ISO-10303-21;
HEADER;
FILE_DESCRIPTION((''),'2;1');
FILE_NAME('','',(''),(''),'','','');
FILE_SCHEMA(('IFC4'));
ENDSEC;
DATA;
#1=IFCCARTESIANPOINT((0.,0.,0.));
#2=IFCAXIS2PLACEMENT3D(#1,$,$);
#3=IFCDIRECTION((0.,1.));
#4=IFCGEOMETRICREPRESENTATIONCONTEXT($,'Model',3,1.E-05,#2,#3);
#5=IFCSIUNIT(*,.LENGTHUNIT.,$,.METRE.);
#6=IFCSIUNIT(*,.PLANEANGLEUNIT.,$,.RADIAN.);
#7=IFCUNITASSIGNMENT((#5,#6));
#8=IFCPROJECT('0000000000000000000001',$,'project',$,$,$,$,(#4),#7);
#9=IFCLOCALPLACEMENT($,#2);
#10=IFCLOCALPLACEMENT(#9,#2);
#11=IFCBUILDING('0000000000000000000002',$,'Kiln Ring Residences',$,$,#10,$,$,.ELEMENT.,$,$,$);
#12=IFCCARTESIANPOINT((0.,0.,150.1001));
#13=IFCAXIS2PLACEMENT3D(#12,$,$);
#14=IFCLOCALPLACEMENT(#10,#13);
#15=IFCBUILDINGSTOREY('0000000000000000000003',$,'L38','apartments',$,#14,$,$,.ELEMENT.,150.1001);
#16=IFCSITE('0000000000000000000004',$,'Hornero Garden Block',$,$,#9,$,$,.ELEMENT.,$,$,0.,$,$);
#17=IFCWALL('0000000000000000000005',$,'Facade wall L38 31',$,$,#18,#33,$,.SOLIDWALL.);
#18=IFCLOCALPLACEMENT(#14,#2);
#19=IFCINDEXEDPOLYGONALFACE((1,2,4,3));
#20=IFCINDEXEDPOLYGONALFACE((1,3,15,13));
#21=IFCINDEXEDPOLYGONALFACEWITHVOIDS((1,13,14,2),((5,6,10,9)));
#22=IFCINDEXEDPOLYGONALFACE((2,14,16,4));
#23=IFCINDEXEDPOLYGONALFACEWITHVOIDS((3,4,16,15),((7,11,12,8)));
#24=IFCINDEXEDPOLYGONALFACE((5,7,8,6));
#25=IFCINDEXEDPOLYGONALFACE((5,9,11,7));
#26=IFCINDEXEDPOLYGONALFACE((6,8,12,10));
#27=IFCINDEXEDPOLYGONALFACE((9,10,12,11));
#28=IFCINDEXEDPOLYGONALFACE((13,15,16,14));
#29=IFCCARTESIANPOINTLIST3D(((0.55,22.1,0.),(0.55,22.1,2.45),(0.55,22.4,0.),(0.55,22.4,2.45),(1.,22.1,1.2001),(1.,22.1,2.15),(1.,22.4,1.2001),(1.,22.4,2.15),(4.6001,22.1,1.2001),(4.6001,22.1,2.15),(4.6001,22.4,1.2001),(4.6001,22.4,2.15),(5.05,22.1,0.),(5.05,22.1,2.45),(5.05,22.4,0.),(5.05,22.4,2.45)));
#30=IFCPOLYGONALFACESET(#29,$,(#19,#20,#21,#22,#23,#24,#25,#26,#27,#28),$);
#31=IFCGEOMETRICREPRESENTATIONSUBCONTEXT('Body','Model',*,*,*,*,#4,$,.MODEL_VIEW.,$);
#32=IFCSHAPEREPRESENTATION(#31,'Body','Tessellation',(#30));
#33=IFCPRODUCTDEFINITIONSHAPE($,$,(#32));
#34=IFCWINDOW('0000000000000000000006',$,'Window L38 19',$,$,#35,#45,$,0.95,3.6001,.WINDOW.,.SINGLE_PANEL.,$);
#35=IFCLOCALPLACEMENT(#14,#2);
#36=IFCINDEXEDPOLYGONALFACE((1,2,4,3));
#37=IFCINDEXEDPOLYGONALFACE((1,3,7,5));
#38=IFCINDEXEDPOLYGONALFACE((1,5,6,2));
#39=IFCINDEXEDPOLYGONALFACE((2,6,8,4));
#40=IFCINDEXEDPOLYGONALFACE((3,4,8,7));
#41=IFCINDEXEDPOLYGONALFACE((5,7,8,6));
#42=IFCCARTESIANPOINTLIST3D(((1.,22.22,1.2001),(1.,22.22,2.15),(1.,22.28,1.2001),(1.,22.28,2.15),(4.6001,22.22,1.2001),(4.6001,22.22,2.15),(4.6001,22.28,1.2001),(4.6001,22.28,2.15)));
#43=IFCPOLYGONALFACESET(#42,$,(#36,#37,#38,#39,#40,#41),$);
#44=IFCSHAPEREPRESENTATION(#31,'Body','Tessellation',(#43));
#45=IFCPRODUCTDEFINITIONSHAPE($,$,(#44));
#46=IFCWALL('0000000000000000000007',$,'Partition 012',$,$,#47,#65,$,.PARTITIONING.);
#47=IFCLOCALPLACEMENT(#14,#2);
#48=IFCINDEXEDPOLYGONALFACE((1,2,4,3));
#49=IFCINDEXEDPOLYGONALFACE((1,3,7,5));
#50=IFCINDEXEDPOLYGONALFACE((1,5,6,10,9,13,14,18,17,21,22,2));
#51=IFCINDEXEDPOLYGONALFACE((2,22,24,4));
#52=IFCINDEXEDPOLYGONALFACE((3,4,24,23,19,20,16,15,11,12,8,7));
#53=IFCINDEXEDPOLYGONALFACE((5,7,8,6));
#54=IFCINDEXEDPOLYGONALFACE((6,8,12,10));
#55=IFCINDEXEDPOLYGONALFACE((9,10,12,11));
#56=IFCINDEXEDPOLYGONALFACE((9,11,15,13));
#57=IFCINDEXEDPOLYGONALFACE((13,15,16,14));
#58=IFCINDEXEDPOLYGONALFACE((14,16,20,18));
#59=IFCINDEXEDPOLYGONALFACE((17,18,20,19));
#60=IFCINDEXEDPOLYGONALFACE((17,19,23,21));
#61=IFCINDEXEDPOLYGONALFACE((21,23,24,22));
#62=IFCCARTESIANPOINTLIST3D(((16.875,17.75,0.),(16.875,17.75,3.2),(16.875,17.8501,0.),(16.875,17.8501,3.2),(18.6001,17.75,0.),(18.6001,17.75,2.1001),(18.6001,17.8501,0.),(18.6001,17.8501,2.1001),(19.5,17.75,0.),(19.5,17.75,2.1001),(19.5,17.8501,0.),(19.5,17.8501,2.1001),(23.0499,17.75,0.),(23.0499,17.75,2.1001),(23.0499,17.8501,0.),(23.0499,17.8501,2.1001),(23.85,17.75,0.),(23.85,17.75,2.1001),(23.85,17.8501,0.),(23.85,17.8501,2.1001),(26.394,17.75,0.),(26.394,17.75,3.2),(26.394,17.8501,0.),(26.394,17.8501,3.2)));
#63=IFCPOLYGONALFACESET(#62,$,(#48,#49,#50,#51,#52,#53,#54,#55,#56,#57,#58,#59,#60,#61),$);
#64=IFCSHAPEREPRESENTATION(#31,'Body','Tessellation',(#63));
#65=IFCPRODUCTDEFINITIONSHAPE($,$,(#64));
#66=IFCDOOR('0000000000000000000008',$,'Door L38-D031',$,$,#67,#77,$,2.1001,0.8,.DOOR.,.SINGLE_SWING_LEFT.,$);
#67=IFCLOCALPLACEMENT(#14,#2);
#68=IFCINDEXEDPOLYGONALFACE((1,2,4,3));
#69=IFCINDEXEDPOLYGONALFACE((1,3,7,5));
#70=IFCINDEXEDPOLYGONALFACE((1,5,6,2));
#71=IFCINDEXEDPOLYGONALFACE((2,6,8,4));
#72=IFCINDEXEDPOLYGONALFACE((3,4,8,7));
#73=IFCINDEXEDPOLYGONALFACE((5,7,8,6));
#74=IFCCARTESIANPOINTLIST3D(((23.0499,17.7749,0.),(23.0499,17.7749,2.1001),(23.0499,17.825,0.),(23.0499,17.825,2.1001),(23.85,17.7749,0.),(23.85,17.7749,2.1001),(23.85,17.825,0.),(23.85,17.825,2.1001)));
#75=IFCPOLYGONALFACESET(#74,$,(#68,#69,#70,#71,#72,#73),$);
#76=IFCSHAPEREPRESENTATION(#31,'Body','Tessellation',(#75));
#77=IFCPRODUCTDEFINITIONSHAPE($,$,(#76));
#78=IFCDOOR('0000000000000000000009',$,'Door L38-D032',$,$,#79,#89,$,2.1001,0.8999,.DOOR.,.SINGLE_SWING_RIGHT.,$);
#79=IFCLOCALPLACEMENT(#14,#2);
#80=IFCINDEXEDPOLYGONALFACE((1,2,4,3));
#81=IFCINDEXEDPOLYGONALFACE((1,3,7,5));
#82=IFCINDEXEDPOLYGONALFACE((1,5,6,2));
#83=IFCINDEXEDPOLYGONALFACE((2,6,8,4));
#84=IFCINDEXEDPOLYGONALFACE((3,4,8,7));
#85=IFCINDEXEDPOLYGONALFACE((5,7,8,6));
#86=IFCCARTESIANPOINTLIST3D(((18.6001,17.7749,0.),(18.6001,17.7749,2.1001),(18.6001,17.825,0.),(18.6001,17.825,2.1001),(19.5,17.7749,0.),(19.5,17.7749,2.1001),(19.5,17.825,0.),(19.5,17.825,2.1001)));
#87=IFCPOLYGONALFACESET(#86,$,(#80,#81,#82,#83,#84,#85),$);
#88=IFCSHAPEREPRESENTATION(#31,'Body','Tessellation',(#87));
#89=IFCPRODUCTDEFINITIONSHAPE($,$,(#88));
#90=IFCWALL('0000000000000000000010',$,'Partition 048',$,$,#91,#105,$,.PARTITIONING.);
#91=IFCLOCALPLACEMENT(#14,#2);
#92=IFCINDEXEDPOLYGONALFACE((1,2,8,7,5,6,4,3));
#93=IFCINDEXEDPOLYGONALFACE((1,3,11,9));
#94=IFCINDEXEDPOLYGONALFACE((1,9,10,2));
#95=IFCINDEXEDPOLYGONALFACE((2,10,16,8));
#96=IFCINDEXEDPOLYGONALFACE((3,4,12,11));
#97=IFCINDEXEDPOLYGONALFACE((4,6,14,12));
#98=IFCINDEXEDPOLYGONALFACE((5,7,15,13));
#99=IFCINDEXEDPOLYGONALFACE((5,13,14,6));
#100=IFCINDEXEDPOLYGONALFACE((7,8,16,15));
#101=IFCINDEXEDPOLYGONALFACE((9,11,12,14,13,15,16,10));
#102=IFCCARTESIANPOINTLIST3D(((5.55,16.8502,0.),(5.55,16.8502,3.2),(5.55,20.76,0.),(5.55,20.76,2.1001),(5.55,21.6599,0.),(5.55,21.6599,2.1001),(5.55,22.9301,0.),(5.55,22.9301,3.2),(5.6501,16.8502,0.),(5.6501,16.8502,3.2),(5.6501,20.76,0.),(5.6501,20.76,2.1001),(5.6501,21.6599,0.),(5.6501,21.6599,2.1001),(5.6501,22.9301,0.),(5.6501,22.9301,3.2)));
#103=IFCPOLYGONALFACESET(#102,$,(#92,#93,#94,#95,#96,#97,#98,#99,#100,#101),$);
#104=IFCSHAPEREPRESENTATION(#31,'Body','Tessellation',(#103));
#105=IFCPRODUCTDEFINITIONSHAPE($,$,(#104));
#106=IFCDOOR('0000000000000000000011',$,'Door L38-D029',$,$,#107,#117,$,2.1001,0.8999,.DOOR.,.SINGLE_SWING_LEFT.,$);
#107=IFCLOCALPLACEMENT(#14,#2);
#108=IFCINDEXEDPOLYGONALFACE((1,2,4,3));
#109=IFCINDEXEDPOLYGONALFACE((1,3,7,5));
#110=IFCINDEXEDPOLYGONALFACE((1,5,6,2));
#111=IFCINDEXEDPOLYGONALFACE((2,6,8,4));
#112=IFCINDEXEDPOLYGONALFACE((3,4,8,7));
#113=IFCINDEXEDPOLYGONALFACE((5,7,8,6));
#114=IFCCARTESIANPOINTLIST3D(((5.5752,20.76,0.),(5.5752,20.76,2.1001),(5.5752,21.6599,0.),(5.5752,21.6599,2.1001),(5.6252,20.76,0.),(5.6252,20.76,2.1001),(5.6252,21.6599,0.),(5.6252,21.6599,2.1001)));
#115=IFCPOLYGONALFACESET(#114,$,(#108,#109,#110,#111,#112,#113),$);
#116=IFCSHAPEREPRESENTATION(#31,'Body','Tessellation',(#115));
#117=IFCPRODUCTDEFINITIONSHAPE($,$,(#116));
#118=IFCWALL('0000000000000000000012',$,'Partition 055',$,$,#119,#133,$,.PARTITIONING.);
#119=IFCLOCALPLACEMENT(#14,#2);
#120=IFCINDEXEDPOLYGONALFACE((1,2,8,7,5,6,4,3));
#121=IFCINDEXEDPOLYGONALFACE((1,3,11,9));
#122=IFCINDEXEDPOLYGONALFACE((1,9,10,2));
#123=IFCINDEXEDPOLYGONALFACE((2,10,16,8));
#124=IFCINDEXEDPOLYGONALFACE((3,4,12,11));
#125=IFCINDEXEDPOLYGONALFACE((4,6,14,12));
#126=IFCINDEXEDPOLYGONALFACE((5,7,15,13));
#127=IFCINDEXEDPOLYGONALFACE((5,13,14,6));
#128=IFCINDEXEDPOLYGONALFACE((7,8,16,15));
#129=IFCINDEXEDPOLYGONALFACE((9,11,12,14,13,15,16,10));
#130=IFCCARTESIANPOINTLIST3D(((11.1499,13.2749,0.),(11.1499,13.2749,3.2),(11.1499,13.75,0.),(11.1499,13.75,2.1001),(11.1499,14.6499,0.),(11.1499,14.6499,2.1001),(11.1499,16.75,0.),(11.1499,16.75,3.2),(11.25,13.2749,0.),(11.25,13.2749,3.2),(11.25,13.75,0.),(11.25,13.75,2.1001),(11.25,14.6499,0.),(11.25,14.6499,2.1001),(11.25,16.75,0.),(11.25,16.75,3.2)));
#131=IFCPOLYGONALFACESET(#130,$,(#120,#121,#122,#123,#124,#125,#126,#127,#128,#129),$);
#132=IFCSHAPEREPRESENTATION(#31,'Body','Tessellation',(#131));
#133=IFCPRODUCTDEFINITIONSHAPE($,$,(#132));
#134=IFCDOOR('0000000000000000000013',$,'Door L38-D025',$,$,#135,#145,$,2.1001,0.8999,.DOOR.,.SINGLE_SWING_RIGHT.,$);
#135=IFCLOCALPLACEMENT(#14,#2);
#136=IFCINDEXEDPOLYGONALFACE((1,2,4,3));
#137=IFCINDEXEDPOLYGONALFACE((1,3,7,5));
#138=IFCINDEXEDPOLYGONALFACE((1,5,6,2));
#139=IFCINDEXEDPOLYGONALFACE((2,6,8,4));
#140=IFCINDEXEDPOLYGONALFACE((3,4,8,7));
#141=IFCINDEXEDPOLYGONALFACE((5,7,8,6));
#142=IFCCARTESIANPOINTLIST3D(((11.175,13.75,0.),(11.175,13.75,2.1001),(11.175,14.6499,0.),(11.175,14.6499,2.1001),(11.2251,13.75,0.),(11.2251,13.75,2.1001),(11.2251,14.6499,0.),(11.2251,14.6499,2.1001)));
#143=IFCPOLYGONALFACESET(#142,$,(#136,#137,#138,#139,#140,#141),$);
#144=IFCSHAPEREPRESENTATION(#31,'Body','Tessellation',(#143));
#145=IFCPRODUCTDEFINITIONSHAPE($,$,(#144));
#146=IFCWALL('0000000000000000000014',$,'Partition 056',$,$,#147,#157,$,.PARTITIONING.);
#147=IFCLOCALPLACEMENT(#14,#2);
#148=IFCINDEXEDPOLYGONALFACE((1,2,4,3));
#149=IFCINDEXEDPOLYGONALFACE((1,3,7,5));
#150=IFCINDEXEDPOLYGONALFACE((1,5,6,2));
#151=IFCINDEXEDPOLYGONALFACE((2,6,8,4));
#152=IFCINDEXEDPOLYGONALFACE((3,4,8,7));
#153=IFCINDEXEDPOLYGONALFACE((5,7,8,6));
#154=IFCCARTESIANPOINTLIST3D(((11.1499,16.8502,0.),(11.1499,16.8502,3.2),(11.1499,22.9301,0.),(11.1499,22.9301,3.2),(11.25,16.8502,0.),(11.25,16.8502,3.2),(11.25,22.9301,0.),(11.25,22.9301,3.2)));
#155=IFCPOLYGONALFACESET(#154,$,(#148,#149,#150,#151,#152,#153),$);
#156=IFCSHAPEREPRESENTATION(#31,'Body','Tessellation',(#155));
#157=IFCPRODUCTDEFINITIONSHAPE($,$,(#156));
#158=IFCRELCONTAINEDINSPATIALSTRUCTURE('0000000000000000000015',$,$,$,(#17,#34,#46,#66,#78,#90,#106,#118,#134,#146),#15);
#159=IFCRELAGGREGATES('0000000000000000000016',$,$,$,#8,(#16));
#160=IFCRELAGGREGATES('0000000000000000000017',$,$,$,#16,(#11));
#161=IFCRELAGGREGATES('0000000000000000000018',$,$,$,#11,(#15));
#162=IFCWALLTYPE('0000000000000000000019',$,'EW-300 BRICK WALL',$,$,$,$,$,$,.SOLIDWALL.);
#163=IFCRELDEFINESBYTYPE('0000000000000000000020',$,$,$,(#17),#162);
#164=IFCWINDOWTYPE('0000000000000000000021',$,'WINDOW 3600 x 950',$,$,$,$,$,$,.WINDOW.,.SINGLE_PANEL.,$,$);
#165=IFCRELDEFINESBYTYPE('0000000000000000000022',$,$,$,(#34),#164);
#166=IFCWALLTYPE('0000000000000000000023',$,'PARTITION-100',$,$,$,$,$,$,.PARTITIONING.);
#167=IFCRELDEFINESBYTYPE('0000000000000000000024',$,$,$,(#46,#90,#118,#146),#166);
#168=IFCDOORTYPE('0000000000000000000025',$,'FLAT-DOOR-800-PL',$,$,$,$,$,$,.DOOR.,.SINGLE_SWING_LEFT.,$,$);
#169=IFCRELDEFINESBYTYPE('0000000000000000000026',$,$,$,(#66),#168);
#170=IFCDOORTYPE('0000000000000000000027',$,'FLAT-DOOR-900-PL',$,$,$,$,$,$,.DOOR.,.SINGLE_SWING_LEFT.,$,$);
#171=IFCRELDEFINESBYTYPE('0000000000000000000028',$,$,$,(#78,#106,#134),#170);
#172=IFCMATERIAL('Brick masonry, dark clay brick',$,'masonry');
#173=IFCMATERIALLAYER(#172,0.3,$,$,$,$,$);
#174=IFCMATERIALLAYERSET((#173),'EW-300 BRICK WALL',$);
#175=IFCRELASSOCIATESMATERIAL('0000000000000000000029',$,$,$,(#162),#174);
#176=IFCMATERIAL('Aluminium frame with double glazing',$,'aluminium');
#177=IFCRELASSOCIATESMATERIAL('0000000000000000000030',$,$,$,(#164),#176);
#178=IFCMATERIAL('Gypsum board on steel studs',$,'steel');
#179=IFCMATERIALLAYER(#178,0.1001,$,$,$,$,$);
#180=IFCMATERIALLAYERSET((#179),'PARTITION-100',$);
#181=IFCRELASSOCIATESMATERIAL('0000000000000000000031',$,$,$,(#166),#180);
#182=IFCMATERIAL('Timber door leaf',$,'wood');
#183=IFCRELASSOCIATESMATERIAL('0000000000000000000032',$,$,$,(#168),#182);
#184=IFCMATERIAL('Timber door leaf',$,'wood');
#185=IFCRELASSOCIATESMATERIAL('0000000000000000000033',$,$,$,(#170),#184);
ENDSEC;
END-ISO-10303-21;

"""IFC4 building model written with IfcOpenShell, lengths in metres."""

from ifc_helpers import new_model, si_unit, direction, frame, frame_2d, origin, place, context, subcontext, project, spatial, rectangle, extrude, material, layer, layer_set, type_object, element, fill, save


model = new_model("IFC4")

# Units and contexts
model_context = context("Model", 3, precision=1e-05, world=origin(), true_north=direction((0.0, 1.0)))
body_context = subcontext(model_context, "Body", "Model", "MODEL_VIEW")
ifc_project = project(units=[si_unit("LENGTHUNIT", "METRE"), si_unit("PLANEANGLEUNIT", "RADIAN")], contexts=[model_context])

# Site, building, storey
site_placement = place(None, origin())
site = spatial("IfcSite", under=ifc_project, at=site_placement, Name="Hornero Garden Block", CompositionType="ELEMENT", RefElevation=0.0)
building_placement = place(site_placement, origin())
building = spatial("IfcBuilding", under=site, at=building_placement, Name="Kiln Ring Residences", CompositionType="ELEMENT")
storey_placement = place(building_placement, frame((0.0, 0.0, 150.1001)))
storey = spatial("IfcBuildingStorey", under=building, at=storey_placement, Name="L38", Description="apartments", CompositionType="ELEMENT", Elevation=150.1001)

# Wall, opening, window
ifc_material_1 = material(Name="Brick masonry, dark clay brick", Category="masonry")
ifc_layer_1 = layer(ifc_material_1, 0.3)
ifc_layer_set_1 = layer_set([ifc_layer_1], Name="EW-300 BRICK WALL")
wall_type_1 = type_object("IfcWallType", Name="EW-300 BRICK WALL", PredefinedType="SOLIDWALL", material=ifc_layer_set_1)
ifc_material_2 = material(Name="Aluminium frame with double glazing", Category="aluminium")
window_type = type_object("IfcWindowType", Name="WINDOW 3600 x 950", PartitioningType="SINGLE_PANEL", PredefinedType="WINDOW", material=ifc_material_2)
wall_1_placement = place(storey_placement, frame((5.05, 22.25, 0.0), z_axis=(0.0, 0.0, 1.0), x_axis=(-1.0, 0.0, 0.0)))
wall_1 = element("IfcWall", 1, at=wall_1_placement, inside=storey, type_object=wall_type_1, Name="Facade wall L38 31", PredefinedType="SOLIDWALL", context=body_context, shape_type="SweptSolid", body=[
    extrude(rectangle(XDim=4.5, YDim=0.3, at=frame_2d((2.25, 0.0))), origin(), (0.0, 0.0, 1.0), 2.45),
])
opening_1_placement = place(wall_1_placement, frame((0.45, 0.0, 1.2)))
opening_1 = element("IfcOpeningElement", 2, at=opening_1_placement, cuts=wall_1, PredefinedType="OPENING", context=body_context, shape_type="SweptSolid", body=[
    extrude(rectangle(XDim=3.6001, YDim=0.95, at=frame_2d((1.8, 0.4751))), frame((0.0, 0.1599, 0.0), z_axis=(0.0, -1.0, 0.0), x_axis=(1.0, 0.0, 0.0)), (0.0, 0.0, 1.0), 0.3201),
])
window_1_placement = place(opening_1_placement, origin())
window_1 = element("IfcWindow", 3, at=window_1_placement, inside=storey, type_object=window_type, Name="Window L38 19", OverallHeight=0.95, OverallWidth=3.6001, PartitioningType="SINGLE_PANEL", PredefinedType="WINDOW", context=body_context, shape_type="SweptSolid", body=[
    extrude(rectangle(XDim=3.6001, YDim=0.95, at=frame_2d((1.8, 0.4751))), frame((0.0, 0.03, 0.0), z_axis=(0.0, -1.0, 0.0), x_axis=(1.0, 0.0, 0.0)), (0.0, 0.0, 1.0), 0.0601),
])
fill(opening_1, window_1)

# Wall, openings, doors
ifc_material_3 = material(Name="Gypsum board on steel studs", Category="steel")
ifc_layer_2 = layer(ifc_material_3, 0.1001)
ifc_layer_set_2 = layer_set([ifc_layer_2], Name="PARTITION-100")
wall_type_2 = type_object("IfcWallType", Name="PARTITION-100", PredefinedType="PARTITIONING", material=ifc_layer_set_2)
wall_2_placement = place(storey_placement, frame((16.875, 17.8, 0.0), z_axis=(0.0, 0.0, 1.0), x_axis=(1.0, 0.0, 0.0)))
wall_2 = element("IfcWall", 4, at=wall_2_placement, inside=storey, type_object=wall_type_2, Name="Partition 012", PredefinedType="PARTITIONING", context=body_context, shape_type="SweptSolid", body=[
    extrude(rectangle(XDim=9.519, YDim=0.1001, at=frame_2d((4.7595, 0.0))), origin(), (0.0, 0.0, 1.0), 3.2),
])
opening_2_placement = place(wall_2_placement, frame((6.175, 0.0, 0.0)))
opening_2 = element("IfcOpeningElement", 5, at=opening_2_placement, cuts=wall_2, PredefinedType="OPENING", context=body_context, shape_type="SweptSolid", body=[
    extrude(rectangle(XDim=0.8, YDim=2.1001, at=frame_2d((0.3999, 1.05))), frame((0.0, 0.0601, 0.0), z_axis=(0.0, -1.0, 0.0), x_axis=(1.0, 0.0, 0.0)), (0.0, 0.0, 1.0), 0.1201),
])
opening_3_placement = place(wall_2_placement, frame((1.7251, 0.0, 0.0)))
opening_3 = element("IfcOpeningElement", 6, at=opening_3_placement, cuts=wall_2, PredefinedType="OPENING", context=body_context, shape_type="SweptSolid", body=[
    extrude(rectangle(XDim=0.8999, YDim=2.1001, at=frame_2d((0.45, 1.05))), frame((0.0, 0.0601, 0.0), z_axis=(0.0, -1.0, 0.0), x_axis=(1.0, 0.0, 0.0)), (0.0, 0.0, 1.0), 0.1201),
])
ifc_material_4 = material(Name="Timber door leaf", Category="wood")
door_type_1 = type_object("IfcDoorType", Name="FLAT-DOOR-800-PL", OperationType="SINGLE_SWING_LEFT", PredefinedType="DOOR", material=ifc_material_4)
door_1_placement = place(opening_2_placement, origin())
door_1 = element("IfcDoor", 7, at=door_1_placement, inside=storey, type_object=door_type_1, Name="Door L38-D031", OperationType="SINGLE_SWING_LEFT", OverallHeight=2.1001, OverallWidth=0.8, PredefinedType="DOOR", context=body_context, shape_type="SweptSolid", body=[
    extrude(rectangle(XDim=0.8, YDim=2.1001, at=frame_2d((0.3999, 1.05))), frame((0.0, 0.0249, 0.0), z_axis=(0.0, -1.0, 0.0), x_axis=(1.0, 0.0, 0.0)), (0.0, 0.0, 1.0), 0.05),
])
fill(opening_2, door_1)
ifc_material_5 = material(Name="Timber door leaf", Category="wood")
door_type_2 = type_object("IfcDoorType", Name="FLAT-DOOR-900-PL", OperationType="SINGLE_SWING_LEFT", PredefinedType="DOOR", material=ifc_material_5)
door_2_placement = place(opening_3_placement, origin())
door_2 = element("IfcDoor", 8, at=door_2_placement, inside=storey, type_object=door_type_2, Name="Door L38-D032", OperationType="SINGLE_SWING_RIGHT", OverallHeight=2.1001, OverallWidth=0.8999, PredefinedType="DOOR", context=body_context, shape_type="SweptSolid", body=[
    extrude(rectangle(XDim=0.8999, YDim=2.1001, at=frame_2d((0.45, 1.05))), frame((0.0, 0.0249, 0.0), z_axis=(0.0, -1.0, 0.0), x_axis=(1.0, 0.0, 0.0)), (0.0, 0.0, 1.0), 0.05),
])
fill(opening_3, door_2)

# Walls, openings, doors
wall_3_placement = place(storey_placement, frame((5.6001, 16.8501, 0.0), z_axis=(0.0, 0.0, 1.0), x_axis=(0.0, 1.0, 0.0)))
wall_3 = element("IfcWall", 9, at=wall_3_placement, inside=storey, type_object=wall_type_2, Name="Partition 048", PredefinedType="PARTITIONING", context=body_context, shape_type="SweptSolid", body=[
    extrude(rectangle(XDim=6.0798, YDim=0.1001, at=frame_2d((3.04, 0.0))), origin(), (0.0, 0.0, 1.0), 3.2),
])
opening_4_placement = place(wall_3_placement, frame((3.9099, 0.0, 0.0)))
opening_4 = element("IfcOpeningElement", 10, at=opening_4_placement, cuts=wall_3, PredefinedType="OPENING", context=body_context, shape_type="SweptSolid", body=[
    extrude(rectangle(XDim=0.8999, YDim=2.1001, at=frame_2d((0.45, 1.05))), frame((0.0, 0.0601, 0.0), z_axis=(0.0, -1.0, 0.0), x_axis=(1.0, 0.0, 0.0)), (0.0, 0.0, 1.0), 0.1201),
])
door_3_placement = place(opening_4_placement, origin())
door_3 = element("IfcDoor", 11, at=door_3_placement, inside=storey, type_object=door_type_2, Name="Door L38-D029", OperationType="SINGLE_SWING_LEFT", OverallHeight=2.1001, OverallWidth=0.8999, PredefinedType="DOOR", context=body_context, shape_type="SweptSolid", body=[
    extrude(rectangle(XDim=0.8999, YDim=2.1001, at=frame_2d((0.45, 1.05))), frame((0.0, 0.0249, 0.0), z_axis=(0.0, -1.0, 0.0), x_axis=(1.0, 0.0, 0.0)), (0.0, 0.0, 1.0), 0.05),
])
fill(opening_4, door_3)
wall_4_placement = place(storey_placement, frame((11.2, 13.2749, 0.0), z_axis=(0.0, 0.0, 1.0), x_axis=(0.0, 1.0, 0.0)))
wall_4 = element("IfcWall", 12, at=wall_4_placement, inside=storey, type_object=wall_type_2, Name="Partition 055", PredefinedType="PARTITIONING", context=body_context, shape_type="SweptSolid", body=[
    extrude(rectangle(XDim=3.4751, YDim=0.1001, at=frame_2d((1.7375, 0.0))), origin(), (0.0, 0.0, 1.0), 3.2),
])
opening_5_placement = place(wall_4_placement, frame((0.4751, 0.0, 0.0)))
opening_5 = element("IfcOpeningElement", 13, at=opening_5_placement, cuts=wall_4, PredefinedType="OPENING", context=body_context, shape_type="SweptSolid", body=[
    extrude(rectangle(XDim=0.8999, YDim=2.1001, at=frame_2d((0.45, 1.05))), frame((0.0, 0.0601, 0.0), z_axis=(0.0, -1.0, 0.0), x_axis=(1.0, 0.0, 0.0)), (0.0, 0.0, 1.0), 0.1201),
])
door_4_placement = place(opening_5_placement, origin())
door_4 = element("IfcDoor", 14, at=door_4_placement, inside=storey, type_object=door_type_2, Name="Door L38-D025", OperationType="SINGLE_SWING_RIGHT", OverallHeight=2.1001, OverallWidth=0.8999, PredefinedType="DOOR", context=body_context, shape_type="SweptSolid", body=[
    extrude(rectangle(XDim=0.8999, YDim=2.1001, at=frame_2d((0.45, 1.05))), frame((0.0, 0.0249, 0.0), z_axis=(0.0, -1.0, 0.0), x_axis=(1.0, 0.0, 0.0)), (0.0, 0.0, 1.0), 0.05),
])
fill(opening_5, door_4)

# Wall
wall_5_placement = place(storey_placement, frame((11.2, 16.8501, 0.0), z_axis=(0.0, 0.0, 1.0), x_axis=(0.0, 1.0, 0.0)))
element("IfcWall", 15, at=wall_5_placement, inside=storey, type_object=wall_type_2, Name="Partition 056", PredefinedType="PARTITIONING", context=body_context, shape_type="SweptSolid", body=[
    extrude(rectangle(XDim=6.0798, YDim=0.1001, at=frame_2d((3.04, 0.0))), origin(), (0.0, 0.0, 1.0), 3.2),
])

save(model, "model.ifc")
